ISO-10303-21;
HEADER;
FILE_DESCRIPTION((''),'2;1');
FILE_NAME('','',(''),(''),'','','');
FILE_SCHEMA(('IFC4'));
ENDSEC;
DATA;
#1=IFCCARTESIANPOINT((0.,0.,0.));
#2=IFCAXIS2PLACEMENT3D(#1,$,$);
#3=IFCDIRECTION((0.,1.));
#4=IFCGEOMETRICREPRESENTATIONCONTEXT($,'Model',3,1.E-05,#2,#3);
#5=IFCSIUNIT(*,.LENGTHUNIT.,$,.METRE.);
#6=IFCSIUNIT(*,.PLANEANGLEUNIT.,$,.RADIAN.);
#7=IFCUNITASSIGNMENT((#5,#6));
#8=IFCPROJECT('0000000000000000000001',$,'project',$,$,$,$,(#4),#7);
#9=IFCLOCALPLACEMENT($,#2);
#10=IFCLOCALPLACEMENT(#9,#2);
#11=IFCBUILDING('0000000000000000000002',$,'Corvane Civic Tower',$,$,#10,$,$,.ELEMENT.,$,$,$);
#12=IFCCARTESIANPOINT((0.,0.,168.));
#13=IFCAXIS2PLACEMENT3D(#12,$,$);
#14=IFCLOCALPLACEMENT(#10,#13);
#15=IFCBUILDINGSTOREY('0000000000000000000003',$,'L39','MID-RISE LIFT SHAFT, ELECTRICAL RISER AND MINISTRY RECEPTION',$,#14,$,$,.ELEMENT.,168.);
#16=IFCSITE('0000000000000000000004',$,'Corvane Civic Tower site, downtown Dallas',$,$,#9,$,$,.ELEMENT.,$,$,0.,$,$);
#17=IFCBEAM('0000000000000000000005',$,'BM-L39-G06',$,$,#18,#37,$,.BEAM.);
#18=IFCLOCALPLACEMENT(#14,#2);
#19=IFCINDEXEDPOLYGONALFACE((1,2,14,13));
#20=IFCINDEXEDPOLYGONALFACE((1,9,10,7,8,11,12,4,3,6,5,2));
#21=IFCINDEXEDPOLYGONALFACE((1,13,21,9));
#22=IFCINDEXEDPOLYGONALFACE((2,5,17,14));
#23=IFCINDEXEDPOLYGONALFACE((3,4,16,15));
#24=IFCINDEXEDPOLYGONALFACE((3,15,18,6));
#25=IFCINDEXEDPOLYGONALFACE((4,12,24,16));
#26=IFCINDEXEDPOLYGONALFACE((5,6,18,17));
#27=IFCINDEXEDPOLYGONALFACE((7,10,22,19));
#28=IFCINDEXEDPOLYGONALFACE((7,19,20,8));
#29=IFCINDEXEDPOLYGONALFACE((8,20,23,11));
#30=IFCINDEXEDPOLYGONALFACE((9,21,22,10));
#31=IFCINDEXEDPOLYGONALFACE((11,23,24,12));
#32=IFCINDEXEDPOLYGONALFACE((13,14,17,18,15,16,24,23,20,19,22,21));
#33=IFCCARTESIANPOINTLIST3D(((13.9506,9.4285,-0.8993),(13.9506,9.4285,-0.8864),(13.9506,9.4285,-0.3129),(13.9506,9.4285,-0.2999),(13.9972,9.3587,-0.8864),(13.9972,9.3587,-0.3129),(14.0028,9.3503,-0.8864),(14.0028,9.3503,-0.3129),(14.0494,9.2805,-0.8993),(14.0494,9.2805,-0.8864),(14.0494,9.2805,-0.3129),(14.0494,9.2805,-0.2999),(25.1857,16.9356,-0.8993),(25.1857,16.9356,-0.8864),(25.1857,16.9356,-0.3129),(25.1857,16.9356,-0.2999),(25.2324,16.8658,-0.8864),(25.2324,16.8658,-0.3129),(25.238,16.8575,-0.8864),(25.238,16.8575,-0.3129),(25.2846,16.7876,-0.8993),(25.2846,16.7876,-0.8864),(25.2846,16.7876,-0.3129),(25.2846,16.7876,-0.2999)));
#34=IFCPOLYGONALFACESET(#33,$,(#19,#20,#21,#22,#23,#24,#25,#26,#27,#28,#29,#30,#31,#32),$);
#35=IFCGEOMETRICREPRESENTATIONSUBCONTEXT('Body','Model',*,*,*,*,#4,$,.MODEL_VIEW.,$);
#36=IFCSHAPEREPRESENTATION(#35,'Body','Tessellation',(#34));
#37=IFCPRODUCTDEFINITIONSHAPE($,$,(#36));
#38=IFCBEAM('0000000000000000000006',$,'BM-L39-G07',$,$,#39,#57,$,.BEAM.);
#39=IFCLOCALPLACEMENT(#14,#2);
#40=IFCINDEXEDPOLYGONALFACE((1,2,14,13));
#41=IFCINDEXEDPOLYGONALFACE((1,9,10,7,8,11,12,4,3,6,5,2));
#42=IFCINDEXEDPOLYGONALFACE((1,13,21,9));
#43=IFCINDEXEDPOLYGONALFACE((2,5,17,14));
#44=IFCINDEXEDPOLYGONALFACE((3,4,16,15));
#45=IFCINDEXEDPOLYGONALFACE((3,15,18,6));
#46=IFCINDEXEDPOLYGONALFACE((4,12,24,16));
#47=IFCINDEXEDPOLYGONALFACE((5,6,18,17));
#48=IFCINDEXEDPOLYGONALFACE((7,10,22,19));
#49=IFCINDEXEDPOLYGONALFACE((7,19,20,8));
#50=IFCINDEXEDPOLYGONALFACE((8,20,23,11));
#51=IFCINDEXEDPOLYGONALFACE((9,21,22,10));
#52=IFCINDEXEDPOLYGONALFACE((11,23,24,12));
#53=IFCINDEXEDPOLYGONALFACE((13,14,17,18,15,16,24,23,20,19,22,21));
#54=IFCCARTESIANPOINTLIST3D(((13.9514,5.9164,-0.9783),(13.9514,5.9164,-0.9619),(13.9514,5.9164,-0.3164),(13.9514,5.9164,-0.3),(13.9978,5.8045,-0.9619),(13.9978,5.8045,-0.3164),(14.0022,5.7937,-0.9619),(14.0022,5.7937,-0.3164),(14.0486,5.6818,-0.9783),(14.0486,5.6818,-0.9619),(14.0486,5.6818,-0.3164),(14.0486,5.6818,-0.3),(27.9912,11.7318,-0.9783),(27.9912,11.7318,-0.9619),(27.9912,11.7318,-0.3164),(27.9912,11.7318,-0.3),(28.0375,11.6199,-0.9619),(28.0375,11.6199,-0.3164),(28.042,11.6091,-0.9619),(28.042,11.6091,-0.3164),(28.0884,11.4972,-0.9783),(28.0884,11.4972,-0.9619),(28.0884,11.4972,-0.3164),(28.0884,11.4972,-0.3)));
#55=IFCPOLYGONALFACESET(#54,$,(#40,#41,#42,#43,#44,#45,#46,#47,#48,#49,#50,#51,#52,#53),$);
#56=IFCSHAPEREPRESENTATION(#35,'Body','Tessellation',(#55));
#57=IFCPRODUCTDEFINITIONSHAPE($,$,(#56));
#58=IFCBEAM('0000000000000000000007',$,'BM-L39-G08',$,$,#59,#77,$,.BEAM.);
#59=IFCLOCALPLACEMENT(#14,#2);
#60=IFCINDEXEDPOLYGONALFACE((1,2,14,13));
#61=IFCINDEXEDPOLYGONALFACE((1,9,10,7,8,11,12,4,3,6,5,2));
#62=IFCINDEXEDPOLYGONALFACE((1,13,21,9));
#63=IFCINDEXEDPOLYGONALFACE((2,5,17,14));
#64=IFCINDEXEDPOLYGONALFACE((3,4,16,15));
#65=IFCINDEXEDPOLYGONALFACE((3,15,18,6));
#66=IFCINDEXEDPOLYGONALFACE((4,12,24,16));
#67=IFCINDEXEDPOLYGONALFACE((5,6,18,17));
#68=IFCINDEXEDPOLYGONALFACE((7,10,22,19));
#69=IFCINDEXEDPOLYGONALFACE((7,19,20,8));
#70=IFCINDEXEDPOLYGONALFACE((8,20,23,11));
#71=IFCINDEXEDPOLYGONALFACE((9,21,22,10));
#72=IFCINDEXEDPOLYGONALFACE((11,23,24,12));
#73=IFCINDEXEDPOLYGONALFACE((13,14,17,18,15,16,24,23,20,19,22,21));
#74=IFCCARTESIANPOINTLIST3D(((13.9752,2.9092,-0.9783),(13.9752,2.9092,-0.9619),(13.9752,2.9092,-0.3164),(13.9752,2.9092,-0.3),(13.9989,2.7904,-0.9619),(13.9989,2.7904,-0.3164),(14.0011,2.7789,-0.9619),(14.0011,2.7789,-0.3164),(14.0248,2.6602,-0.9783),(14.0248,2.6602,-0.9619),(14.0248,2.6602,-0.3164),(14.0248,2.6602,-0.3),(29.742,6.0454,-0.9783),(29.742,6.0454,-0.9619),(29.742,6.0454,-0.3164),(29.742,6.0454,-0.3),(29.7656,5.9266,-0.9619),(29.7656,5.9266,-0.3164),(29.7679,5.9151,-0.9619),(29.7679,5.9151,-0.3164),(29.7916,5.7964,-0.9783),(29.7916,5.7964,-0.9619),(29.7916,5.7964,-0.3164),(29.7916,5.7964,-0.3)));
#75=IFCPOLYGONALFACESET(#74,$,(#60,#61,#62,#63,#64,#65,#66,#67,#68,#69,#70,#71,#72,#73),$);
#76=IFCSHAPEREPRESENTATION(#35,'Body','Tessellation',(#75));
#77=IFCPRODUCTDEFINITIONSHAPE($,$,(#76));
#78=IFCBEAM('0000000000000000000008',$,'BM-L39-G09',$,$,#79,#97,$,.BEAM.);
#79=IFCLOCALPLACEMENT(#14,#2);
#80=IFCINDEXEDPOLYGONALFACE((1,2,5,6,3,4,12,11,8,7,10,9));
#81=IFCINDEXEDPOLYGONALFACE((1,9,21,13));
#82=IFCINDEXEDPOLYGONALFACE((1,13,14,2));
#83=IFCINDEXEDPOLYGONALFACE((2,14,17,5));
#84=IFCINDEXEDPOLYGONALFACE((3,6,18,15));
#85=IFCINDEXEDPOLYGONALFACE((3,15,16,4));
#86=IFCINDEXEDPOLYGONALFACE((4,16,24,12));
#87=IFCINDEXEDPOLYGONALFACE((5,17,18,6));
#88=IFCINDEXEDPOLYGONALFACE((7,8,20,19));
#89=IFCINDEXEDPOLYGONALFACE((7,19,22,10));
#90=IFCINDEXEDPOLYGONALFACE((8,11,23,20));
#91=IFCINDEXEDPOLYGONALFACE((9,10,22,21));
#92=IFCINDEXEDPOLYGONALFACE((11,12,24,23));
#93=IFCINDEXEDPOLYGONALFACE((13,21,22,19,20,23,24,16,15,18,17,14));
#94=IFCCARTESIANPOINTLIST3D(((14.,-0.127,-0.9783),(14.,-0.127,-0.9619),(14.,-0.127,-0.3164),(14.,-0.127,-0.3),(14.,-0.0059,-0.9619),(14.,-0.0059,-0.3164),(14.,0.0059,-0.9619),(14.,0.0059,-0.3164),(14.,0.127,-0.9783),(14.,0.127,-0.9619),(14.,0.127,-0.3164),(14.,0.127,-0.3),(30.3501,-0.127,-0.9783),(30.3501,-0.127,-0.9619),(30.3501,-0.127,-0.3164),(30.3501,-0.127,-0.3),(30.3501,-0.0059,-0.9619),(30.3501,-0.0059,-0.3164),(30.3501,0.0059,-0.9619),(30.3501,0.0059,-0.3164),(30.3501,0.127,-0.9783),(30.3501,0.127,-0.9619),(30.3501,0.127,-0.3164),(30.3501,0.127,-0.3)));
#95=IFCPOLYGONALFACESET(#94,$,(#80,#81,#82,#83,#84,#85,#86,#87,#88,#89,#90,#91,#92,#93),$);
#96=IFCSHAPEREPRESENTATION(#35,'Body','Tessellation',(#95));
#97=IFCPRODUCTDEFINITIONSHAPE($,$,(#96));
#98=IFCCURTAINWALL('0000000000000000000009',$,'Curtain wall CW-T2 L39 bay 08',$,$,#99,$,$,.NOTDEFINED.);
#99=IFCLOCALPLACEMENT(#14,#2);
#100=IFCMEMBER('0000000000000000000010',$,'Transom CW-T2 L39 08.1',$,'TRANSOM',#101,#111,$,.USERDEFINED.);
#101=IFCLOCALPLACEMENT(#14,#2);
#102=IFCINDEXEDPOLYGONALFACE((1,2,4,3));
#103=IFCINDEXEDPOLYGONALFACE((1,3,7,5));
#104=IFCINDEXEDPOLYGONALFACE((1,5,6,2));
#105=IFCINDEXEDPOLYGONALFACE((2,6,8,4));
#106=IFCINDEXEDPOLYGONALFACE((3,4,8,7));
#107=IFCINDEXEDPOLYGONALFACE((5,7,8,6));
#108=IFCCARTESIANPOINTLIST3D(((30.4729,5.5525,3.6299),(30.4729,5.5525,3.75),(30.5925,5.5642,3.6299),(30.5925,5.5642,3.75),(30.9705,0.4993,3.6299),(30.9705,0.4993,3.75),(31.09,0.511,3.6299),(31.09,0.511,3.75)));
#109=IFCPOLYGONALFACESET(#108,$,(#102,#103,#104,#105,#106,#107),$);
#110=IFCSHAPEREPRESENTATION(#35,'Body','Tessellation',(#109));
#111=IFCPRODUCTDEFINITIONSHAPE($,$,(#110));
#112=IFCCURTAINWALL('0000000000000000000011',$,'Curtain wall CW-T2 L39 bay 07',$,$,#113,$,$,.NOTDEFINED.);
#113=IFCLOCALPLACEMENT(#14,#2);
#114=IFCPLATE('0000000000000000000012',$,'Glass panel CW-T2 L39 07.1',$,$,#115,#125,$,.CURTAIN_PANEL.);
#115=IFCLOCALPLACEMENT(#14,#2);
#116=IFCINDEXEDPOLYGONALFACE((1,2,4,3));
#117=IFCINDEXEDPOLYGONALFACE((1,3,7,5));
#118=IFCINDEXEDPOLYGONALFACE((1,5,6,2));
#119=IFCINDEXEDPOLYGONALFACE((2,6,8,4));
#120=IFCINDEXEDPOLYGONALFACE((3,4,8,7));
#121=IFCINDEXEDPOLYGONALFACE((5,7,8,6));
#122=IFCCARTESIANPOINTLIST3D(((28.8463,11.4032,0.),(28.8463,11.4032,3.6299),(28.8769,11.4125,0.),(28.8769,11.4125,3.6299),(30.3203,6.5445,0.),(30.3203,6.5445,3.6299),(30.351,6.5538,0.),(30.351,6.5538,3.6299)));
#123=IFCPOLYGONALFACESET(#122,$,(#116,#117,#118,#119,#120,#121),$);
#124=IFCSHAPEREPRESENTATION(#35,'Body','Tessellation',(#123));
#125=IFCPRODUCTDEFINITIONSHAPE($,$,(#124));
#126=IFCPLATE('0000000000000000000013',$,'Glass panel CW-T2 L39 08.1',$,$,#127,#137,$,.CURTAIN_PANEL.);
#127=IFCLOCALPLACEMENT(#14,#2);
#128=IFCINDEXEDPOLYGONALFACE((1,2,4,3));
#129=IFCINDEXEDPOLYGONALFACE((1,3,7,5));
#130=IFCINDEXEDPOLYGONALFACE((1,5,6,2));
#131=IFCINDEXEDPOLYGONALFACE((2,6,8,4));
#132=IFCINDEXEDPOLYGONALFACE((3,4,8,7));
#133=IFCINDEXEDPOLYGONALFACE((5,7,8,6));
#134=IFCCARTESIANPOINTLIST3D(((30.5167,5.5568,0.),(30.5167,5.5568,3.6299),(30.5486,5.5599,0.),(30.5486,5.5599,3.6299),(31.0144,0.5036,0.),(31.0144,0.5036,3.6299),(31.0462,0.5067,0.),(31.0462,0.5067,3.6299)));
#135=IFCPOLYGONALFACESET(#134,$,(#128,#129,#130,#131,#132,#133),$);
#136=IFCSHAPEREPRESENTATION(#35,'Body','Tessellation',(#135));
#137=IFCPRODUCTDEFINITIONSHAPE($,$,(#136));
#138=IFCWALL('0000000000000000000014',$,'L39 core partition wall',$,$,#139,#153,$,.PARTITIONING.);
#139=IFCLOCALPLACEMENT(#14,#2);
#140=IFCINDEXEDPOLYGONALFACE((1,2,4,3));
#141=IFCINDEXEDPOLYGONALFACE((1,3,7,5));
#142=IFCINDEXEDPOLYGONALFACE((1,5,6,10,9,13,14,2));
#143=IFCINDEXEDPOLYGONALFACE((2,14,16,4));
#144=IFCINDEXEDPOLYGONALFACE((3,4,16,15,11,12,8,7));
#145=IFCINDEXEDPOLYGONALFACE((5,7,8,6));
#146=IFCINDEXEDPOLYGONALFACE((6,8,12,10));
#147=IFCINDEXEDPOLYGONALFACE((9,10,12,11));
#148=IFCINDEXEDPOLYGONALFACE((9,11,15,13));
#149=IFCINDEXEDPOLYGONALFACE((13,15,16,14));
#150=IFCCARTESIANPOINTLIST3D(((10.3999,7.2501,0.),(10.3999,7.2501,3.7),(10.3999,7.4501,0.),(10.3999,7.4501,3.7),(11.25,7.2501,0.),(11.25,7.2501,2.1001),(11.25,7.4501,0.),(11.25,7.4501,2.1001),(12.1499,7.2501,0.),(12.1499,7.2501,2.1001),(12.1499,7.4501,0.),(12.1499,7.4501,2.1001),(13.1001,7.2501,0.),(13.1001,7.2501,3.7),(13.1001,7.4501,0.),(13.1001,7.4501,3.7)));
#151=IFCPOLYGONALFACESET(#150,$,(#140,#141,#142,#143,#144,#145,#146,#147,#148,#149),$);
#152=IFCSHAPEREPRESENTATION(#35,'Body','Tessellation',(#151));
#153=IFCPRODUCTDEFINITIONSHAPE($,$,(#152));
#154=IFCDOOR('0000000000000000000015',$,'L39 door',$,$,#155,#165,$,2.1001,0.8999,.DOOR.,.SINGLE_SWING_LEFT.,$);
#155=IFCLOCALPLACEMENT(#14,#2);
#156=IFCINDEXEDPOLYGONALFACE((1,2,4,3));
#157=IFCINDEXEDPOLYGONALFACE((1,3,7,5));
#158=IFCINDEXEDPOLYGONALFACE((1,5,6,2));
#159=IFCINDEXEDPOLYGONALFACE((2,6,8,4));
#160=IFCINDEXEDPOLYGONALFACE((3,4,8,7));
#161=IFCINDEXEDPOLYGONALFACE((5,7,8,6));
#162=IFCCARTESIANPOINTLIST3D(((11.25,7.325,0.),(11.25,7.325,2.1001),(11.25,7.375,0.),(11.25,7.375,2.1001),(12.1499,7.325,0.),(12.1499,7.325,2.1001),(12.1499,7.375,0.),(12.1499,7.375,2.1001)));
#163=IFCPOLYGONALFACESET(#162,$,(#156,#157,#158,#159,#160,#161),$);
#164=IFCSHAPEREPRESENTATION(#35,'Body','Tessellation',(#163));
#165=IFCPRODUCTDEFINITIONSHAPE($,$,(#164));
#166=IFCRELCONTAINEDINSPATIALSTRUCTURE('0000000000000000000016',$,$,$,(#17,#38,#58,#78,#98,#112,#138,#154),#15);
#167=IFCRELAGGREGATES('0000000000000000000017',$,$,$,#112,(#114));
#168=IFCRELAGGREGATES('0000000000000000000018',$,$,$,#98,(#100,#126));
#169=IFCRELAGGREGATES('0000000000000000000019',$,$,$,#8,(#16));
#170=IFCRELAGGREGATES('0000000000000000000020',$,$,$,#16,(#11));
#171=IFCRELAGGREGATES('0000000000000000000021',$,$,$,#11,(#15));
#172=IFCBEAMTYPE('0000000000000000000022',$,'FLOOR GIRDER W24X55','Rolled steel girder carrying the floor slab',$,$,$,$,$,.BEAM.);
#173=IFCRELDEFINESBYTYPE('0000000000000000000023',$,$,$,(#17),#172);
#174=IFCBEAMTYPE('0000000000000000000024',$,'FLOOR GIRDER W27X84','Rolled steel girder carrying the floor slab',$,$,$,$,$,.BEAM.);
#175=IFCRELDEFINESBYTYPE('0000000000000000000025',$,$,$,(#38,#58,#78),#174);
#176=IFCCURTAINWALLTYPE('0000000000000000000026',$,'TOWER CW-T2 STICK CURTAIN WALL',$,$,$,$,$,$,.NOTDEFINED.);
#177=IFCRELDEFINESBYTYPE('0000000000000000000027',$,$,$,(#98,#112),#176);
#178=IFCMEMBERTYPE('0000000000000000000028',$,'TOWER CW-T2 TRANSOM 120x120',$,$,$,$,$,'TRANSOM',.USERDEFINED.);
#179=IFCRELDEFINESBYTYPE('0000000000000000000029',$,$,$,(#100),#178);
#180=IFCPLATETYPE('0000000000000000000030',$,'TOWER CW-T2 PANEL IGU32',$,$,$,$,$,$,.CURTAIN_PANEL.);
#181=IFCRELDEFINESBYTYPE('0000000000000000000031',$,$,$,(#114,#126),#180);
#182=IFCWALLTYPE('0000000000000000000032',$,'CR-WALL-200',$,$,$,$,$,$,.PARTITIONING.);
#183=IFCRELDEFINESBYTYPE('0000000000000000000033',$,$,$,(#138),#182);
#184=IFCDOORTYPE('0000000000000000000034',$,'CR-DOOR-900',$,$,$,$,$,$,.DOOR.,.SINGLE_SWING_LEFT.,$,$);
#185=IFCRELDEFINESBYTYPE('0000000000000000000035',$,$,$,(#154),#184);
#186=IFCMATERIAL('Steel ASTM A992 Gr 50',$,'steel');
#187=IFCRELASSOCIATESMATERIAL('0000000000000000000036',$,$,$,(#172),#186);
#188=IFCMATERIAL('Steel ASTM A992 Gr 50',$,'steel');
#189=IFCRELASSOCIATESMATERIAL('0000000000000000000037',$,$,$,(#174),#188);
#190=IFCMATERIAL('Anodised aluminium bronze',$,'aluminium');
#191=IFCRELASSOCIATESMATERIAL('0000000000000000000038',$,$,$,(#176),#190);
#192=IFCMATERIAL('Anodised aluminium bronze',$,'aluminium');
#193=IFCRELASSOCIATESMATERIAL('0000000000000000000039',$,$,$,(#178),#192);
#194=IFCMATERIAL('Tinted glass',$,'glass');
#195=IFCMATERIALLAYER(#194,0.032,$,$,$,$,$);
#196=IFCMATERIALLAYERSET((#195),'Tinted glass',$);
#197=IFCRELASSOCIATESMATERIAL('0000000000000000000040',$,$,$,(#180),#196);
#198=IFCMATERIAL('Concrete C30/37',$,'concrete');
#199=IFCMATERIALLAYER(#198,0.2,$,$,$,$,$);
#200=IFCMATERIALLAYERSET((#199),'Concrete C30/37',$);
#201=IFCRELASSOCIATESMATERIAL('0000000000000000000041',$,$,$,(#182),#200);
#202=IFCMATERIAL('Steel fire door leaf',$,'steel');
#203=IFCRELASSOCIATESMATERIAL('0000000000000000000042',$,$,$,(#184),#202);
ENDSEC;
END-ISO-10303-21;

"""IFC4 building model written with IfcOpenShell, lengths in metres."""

from ifc_helpers import new_model, si_unit, direction, frame, frame_2d, origin, origin_2d, place, context, subcontext, project, spatial, rectangle, i_section, extrude, material, layer, layer_set, material_profile, profile_set, type_object, element, fill, aggregate, save


model = new_model("IFC4")

# Units and contexts
model_context = context("Model", 3, precision=1e-05, world=origin(), true_north=direction((0.0, 1.0)))
body_context = subcontext(model_context, "Body", "Model", "MODEL_VIEW")
ifc_project = project(units=[si_unit("LENGTHUNIT", "METRE"), si_unit("PLANEANGLEUNIT", "RADIAN")], contexts=[model_context])

# Site, building, storey
site_placement = place(None, origin())
site = spatial("IfcSite", under=ifc_project, at=site_placement, Name="Corvane Civic Tower site, downtown Dallas", CompositionType="ELEMENT", RefElevation=0.0)
building_placement = place(site_placement, origin())
building = spatial("IfcBuilding", under=site, at=building_placement, Name="Corvane Civic Tower", CompositionType="ELEMENT")
storey_placement = place(building_placement, frame((0.0, 0.0, 168.0)))
storey = spatial("IfcBuildingStorey", under=building, at=storey_placement, Name="L39", Description="MID-RISE LIFT SHAFT, ELECTRICAL RISER AND MINISTRY RECEPTION", CompositionType="ELEMENT", Elevation=168.0)

# Beams
ifc_material_1 = material(Name="Steel ASTM A992 Gr 50", Category="steel")
ifc_material_profile_1 = material_profile(ifc_material_1, i_section(OverallWidth=0.178, OverallDepth=0.5994, WebThickness=0.01, FlangeThickness=0.0129, at=origin_2d()), Name="W24X55")
ifc_profile_set_1 = profile_set([ifc_material_profile_1], Name="Steel ASTM A992 Gr 50")
beam_type_1 = type_object("IfcBeamType", Name="FLOOR GIRDER W24X55", Description="Rolled steel girder carrying the floor slab", PredefinedType="BEAM", material=ifc_profile_set_1)
beam_1_placement = place(storey_placement, frame((14.0, 9.3545, -0.5996), z_axis=(0.831469, 0.555571, 0.0), x_axis=(-0.555571, 0.831469, 0.0)))
element("IfcBeam", 1, at=beam_1_placement, inside=storey, type_object=beam_type_1, Name="BM-L39-G06", PredefinedType="BEAM", context=body_context, shape_type="SweptSolid", body=[
    extrude(i_section(OverallWidth=0.178, OverallDepth=0.5994, WebThickness=0.01, FlangeThickness=0.0129, at=origin_2d()), origin(), (0.0, 0.0, 1.0), 13.5125),
])
ifc_material_2 = material(Name="Steel ASTM A992 Gr 50", Category="steel")
ifc_material_profile_2 = material_profile(ifc_material_2, i_section(OverallWidth=0.2539, OverallDepth=0.6782, WebThickness=0.0117, FlangeThickness=0.0164, at=origin_2d()), Name="W27X84")
ifc_profile_set_2 = profile_set([ifc_material_profile_2], Name="Steel ASTM A992 Gr 50")
beam_type_2 = type_object("IfcBeamType", Name="FLOOR GIRDER W27X84", Description="Rolled steel girder carrying the floor slab", PredefinedType="BEAM", material=ifc_profile_set_2)
beam_2_placement = place(storey_placement, frame((14.0, 5.7991, -0.6392), z_axis=(0.923881, 0.382681, 0.0), x_axis=(-0.382681, 0.923881, 0.0)))
element("IfcBeam", 2, at=beam_2_placement, inside=storey, type_object=beam_type_2, Name="BM-L39-G07", PredefinedType="BEAM", context=body_context, shape_type="SweptSolid", body=[
    extrude(i_section(OverallWidth=0.2539, OverallDepth=0.6782, WebThickness=0.0117, FlangeThickness=0.0164, at=origin_2d()), origin(), (0.0, 0.0, 1.0), 15.1965),
])
beam_3_placement = place(storey_placement, frame((14.0, 2.7847, -0.6392), z_axis=(0.980785, 0.195091, 0.0), x_axis=(-0.195091, 0.980785, 0.0)))
element("IfcBeam", 3, at=beam_3_placement, inside=storey, type_object=beam_type_2, Name="BM-L39-G08", PredefinedType="BEAM", context=body_context, shape_type="SweptSolid", body=[
    extrude(i_section(OverallWidth=0.2539, OverallDepth=0.6782, WebThickness=0.0117, FlangeThickness=0.0164, at=origin_2d()), origin(), (0.0, 0.0, 1.0), 16.0757),
])
beam_4_placement = place(storey_placement, frame((14.0, 0.0, -0.6392), z_axis=(1.0, 0.0, 0.0), x_axis=(0.0, 1.0, 0.0)))
element("IfcBeam", 4, at=beam_4_placement, inside=storey, type_object=beam_type_2, Name="BM-L39-G09", PredefinedType="BEAM", context=body_context, shape_type="SweptSolid", body=[
    extrude(i_section(OverallWidth=0.2539, OverallDepth=0.6782, WebThickness=0.0117, FlangeThickness=0.0164, at=origin_2d()), origin(), (0.0, 0.0, 1.0), 16.3501),
])

# Curtain wall, member
ifc_material_3 = material(Name="Anodised aluminium bronze", Category="aluminium")
curtain_wall_type = type_object("IfcCurtainWallType", Name="TOWER CW-T2 STICK CURTAIN WALL", PredefinedType="NOTDEFINED", material=ifc_material_3)
curtain_wall_1_placement = place(storey_placement, origin())
curtain_wall_1 = element("IfcCurtainWall", 5, at=curtain_wall_1_placement, inside=storey, type_object=curtain_wall_type, Name="Curtain wall CW-T2 L39 bay 08", PredefinedType="NOTDEFINED")
ifc_material_4 = material(Name="Anodised aluminium bronze", Category="aluminium")
ifc_material_profile_3 = material_profile(ifc_material_4, rectangle(XDim=0.1201, YDim=0.1201, at=origin_2d()), Name="TOWER CW-T2 TRANSOM 120x120")
ifc_profile_set_3 = profile_set([ifc_material_profile_3], Name="Anodised aluminium bronze")
member_type = type_object("IfcMemberType", Name="TOWER CW-T2 TRANSOM 120x120", ElementType="TRANSOM", PredefinedType="USERDEFINED", material=ifc_profile_set_3)
member_placement = place(storey_placement, frame((30.5327, 5.5583, 3.6899), z_axis=(0.09799, -0.995187, 0.0), x_axis=(0.995187, 0.09799, 0.0)))
member = element("IfcMember", 6, at=member_placement, type_object=member_type, Name="Transom CW-T2 L39 08.1", ObjectType="TRANSOM", PredefinedType="USERDEFINED", context=body_context, shape_type="SweptSolid", body=[
    extrude(rectangle(XDim=0.1201, YDim=0.1201, at=origin_2d()), origin(), (0.0, 0.0, 1.0), 5.0776),
])

# Curtain wall, plate
curtain_wall_2_placement = place(storey_placement, origin())
curtain_wall_2 = element("IfcCurtainWall", 7, at=curtain_wall_2_placement, inside=storey, type_object=curtain_wall_type, Name="Curtain wall CW-T2 L39 bay 07", PredefinedType="NOTDEFINED")
ifc_material_5 = material(Name="Tinted glass", Category="glass")
ifc_layer_1 = layer(ifc_material_5, 0.032)
ifc_layer_set_1 = layer_set([ifc_layer_1], Name="Tinted glass")
plate_type = type_object("IfcPlateType", Name="TOWER CW-T2 PANEL IGU32", PredefinedType="CURTAIN_PANEL", material=ifc_layer_set_1)
plate_1_placement = place(storey_placement, frame((29.5986, 8.9785, 0.0), z_axis=(0.0, 0.0, 1.0), x_axis=(0.290313, -0.956932, 0.0)))
plate_1 = element("IfcPlate", 8, at=plate_1_placement, type_object=plate_type, Name="Glass panel CW-T2 L39 07.1", PredefinedType="CURTAIN_PANEL", context=body_context, shape_type="SweptSolid", body=[
    extrude(rectangle(XDim=5.0774, YDim=0.032, at=origin_2d()), origin(), (0.0, 0.0, 1.0), 3.6299),
])
aggregate(curtain_wall_2, [plate_1])

# Plate
plate_2_placement = place(storey_placement, frame((30.7815, 3.0317, 0.0), z_axis=(0.0, 0.0, 1.0), x_axis=(0.098012, -0.995185, 0.0)))
plate_2 = element("IfcPlate", 9, at=plate_2_placement, type_object=plate_type, Name="Glass panel CW-T2 L39 08.1", PredefinedType="CURTAIN_PANEL", context=body_context, shape_type="SweptSolid", body=[
    extrude(rectangle(XDim=5.0776, YDim=0.032, at=origin_2d()), origin(), (0.0, 0.0, 1.0), 3.6299),
])
aggregate(curtain_wall_1, [member, plate_2])

# Wall, opening, door
ifc_material_6 = material(Name="Concrete C30/37", Category="concrete")
ifc_layer_2 = layer(ifc_material_6, 0.2)
ifc_layer_set_2 = layer_set([ifc_layer_2], Name="Concrete C30/37")
wall_type_1 = type_object("IfcWallType", Name="CR-WALL-200", PredefinedType="PARTITIONING", material=ifc_layer_set_2)
wall_1_placement = place(storey_placement, frame((10.3999, 7.3501, 0.0), z_axis=(0.0, 0.0, 1.0), x_axis=(1.0, 0.0, 0.0)))
wall_1 = element("IfcWall", 10, at=wall_1_placement, inside=storey, type_object=wall_type_1, Name="L39 core partition wall", PredefinedType="PARTITIONING", context=body_context, shape_type="SweptSolid", body=[
    extrude(rectangle(XDim=2.7002, YDim=0.2, at=frame_2d((1.3501, 0.0))), origin(), (0.0, 0.0, 1.0), 3.7),
])
opening_1_placement = place(wall_1_placement, frame((0.8501, 0.0, 0.0)))
opening_1 = element("IfcOpeningElement", 11, at=opening_1_placement, cuts=wall_1, PredefinedType="OPENING", context=body_context, shape_type="SweptSolid", body=[
    extrude(rectangle(XDim=0.8999, YDim=2.1001, at=frame_2d((0.45, 1.05))), frame((0.0, 0.1099, 0.0), z_axis=(0.0, -1.0, 0.0), x_axis=(1.0, 0.0, 0.0)), (0.0, 0.0, 1.0), 0.22),
])
ifc_material_7 = material(Name="Steel fire door leaf", Category="steel")
door_type_1 = type_object("IfcDoorType", Name="CR-DOOR-900", OperationType="SINGLE_SWING_LEFT", PredefinedType="DOOR", material=ifc_material_7)
door_1_placement = place(opening_1_placement, origin())
door_1 = element("IfcDoor", 12, at=door_1_placement, inside=storey, type_object=door_type_1, Name="L39 door", OperationType="SINGLE_SWING_LEFT", OverallHeight=2.1001, OverallWidth=0.8999, PredefinedType="DOOR", context=body_context, shape_type="SweptSolid", body=[
    extrude(rectangle(XDim=0.8999, YDim=2.1001, at=frame_2d((0.45, 1.05))), frame((0.0, 0.0249, 0.0), z_axis=(0.0, -1.0, 0.0), x_axis=(1.0, 0.0, 0.0)), (0.0, 0.0, 1.0), 0.05),
])
fill(opening_1, door_1)

save(model, "model.ifc")
